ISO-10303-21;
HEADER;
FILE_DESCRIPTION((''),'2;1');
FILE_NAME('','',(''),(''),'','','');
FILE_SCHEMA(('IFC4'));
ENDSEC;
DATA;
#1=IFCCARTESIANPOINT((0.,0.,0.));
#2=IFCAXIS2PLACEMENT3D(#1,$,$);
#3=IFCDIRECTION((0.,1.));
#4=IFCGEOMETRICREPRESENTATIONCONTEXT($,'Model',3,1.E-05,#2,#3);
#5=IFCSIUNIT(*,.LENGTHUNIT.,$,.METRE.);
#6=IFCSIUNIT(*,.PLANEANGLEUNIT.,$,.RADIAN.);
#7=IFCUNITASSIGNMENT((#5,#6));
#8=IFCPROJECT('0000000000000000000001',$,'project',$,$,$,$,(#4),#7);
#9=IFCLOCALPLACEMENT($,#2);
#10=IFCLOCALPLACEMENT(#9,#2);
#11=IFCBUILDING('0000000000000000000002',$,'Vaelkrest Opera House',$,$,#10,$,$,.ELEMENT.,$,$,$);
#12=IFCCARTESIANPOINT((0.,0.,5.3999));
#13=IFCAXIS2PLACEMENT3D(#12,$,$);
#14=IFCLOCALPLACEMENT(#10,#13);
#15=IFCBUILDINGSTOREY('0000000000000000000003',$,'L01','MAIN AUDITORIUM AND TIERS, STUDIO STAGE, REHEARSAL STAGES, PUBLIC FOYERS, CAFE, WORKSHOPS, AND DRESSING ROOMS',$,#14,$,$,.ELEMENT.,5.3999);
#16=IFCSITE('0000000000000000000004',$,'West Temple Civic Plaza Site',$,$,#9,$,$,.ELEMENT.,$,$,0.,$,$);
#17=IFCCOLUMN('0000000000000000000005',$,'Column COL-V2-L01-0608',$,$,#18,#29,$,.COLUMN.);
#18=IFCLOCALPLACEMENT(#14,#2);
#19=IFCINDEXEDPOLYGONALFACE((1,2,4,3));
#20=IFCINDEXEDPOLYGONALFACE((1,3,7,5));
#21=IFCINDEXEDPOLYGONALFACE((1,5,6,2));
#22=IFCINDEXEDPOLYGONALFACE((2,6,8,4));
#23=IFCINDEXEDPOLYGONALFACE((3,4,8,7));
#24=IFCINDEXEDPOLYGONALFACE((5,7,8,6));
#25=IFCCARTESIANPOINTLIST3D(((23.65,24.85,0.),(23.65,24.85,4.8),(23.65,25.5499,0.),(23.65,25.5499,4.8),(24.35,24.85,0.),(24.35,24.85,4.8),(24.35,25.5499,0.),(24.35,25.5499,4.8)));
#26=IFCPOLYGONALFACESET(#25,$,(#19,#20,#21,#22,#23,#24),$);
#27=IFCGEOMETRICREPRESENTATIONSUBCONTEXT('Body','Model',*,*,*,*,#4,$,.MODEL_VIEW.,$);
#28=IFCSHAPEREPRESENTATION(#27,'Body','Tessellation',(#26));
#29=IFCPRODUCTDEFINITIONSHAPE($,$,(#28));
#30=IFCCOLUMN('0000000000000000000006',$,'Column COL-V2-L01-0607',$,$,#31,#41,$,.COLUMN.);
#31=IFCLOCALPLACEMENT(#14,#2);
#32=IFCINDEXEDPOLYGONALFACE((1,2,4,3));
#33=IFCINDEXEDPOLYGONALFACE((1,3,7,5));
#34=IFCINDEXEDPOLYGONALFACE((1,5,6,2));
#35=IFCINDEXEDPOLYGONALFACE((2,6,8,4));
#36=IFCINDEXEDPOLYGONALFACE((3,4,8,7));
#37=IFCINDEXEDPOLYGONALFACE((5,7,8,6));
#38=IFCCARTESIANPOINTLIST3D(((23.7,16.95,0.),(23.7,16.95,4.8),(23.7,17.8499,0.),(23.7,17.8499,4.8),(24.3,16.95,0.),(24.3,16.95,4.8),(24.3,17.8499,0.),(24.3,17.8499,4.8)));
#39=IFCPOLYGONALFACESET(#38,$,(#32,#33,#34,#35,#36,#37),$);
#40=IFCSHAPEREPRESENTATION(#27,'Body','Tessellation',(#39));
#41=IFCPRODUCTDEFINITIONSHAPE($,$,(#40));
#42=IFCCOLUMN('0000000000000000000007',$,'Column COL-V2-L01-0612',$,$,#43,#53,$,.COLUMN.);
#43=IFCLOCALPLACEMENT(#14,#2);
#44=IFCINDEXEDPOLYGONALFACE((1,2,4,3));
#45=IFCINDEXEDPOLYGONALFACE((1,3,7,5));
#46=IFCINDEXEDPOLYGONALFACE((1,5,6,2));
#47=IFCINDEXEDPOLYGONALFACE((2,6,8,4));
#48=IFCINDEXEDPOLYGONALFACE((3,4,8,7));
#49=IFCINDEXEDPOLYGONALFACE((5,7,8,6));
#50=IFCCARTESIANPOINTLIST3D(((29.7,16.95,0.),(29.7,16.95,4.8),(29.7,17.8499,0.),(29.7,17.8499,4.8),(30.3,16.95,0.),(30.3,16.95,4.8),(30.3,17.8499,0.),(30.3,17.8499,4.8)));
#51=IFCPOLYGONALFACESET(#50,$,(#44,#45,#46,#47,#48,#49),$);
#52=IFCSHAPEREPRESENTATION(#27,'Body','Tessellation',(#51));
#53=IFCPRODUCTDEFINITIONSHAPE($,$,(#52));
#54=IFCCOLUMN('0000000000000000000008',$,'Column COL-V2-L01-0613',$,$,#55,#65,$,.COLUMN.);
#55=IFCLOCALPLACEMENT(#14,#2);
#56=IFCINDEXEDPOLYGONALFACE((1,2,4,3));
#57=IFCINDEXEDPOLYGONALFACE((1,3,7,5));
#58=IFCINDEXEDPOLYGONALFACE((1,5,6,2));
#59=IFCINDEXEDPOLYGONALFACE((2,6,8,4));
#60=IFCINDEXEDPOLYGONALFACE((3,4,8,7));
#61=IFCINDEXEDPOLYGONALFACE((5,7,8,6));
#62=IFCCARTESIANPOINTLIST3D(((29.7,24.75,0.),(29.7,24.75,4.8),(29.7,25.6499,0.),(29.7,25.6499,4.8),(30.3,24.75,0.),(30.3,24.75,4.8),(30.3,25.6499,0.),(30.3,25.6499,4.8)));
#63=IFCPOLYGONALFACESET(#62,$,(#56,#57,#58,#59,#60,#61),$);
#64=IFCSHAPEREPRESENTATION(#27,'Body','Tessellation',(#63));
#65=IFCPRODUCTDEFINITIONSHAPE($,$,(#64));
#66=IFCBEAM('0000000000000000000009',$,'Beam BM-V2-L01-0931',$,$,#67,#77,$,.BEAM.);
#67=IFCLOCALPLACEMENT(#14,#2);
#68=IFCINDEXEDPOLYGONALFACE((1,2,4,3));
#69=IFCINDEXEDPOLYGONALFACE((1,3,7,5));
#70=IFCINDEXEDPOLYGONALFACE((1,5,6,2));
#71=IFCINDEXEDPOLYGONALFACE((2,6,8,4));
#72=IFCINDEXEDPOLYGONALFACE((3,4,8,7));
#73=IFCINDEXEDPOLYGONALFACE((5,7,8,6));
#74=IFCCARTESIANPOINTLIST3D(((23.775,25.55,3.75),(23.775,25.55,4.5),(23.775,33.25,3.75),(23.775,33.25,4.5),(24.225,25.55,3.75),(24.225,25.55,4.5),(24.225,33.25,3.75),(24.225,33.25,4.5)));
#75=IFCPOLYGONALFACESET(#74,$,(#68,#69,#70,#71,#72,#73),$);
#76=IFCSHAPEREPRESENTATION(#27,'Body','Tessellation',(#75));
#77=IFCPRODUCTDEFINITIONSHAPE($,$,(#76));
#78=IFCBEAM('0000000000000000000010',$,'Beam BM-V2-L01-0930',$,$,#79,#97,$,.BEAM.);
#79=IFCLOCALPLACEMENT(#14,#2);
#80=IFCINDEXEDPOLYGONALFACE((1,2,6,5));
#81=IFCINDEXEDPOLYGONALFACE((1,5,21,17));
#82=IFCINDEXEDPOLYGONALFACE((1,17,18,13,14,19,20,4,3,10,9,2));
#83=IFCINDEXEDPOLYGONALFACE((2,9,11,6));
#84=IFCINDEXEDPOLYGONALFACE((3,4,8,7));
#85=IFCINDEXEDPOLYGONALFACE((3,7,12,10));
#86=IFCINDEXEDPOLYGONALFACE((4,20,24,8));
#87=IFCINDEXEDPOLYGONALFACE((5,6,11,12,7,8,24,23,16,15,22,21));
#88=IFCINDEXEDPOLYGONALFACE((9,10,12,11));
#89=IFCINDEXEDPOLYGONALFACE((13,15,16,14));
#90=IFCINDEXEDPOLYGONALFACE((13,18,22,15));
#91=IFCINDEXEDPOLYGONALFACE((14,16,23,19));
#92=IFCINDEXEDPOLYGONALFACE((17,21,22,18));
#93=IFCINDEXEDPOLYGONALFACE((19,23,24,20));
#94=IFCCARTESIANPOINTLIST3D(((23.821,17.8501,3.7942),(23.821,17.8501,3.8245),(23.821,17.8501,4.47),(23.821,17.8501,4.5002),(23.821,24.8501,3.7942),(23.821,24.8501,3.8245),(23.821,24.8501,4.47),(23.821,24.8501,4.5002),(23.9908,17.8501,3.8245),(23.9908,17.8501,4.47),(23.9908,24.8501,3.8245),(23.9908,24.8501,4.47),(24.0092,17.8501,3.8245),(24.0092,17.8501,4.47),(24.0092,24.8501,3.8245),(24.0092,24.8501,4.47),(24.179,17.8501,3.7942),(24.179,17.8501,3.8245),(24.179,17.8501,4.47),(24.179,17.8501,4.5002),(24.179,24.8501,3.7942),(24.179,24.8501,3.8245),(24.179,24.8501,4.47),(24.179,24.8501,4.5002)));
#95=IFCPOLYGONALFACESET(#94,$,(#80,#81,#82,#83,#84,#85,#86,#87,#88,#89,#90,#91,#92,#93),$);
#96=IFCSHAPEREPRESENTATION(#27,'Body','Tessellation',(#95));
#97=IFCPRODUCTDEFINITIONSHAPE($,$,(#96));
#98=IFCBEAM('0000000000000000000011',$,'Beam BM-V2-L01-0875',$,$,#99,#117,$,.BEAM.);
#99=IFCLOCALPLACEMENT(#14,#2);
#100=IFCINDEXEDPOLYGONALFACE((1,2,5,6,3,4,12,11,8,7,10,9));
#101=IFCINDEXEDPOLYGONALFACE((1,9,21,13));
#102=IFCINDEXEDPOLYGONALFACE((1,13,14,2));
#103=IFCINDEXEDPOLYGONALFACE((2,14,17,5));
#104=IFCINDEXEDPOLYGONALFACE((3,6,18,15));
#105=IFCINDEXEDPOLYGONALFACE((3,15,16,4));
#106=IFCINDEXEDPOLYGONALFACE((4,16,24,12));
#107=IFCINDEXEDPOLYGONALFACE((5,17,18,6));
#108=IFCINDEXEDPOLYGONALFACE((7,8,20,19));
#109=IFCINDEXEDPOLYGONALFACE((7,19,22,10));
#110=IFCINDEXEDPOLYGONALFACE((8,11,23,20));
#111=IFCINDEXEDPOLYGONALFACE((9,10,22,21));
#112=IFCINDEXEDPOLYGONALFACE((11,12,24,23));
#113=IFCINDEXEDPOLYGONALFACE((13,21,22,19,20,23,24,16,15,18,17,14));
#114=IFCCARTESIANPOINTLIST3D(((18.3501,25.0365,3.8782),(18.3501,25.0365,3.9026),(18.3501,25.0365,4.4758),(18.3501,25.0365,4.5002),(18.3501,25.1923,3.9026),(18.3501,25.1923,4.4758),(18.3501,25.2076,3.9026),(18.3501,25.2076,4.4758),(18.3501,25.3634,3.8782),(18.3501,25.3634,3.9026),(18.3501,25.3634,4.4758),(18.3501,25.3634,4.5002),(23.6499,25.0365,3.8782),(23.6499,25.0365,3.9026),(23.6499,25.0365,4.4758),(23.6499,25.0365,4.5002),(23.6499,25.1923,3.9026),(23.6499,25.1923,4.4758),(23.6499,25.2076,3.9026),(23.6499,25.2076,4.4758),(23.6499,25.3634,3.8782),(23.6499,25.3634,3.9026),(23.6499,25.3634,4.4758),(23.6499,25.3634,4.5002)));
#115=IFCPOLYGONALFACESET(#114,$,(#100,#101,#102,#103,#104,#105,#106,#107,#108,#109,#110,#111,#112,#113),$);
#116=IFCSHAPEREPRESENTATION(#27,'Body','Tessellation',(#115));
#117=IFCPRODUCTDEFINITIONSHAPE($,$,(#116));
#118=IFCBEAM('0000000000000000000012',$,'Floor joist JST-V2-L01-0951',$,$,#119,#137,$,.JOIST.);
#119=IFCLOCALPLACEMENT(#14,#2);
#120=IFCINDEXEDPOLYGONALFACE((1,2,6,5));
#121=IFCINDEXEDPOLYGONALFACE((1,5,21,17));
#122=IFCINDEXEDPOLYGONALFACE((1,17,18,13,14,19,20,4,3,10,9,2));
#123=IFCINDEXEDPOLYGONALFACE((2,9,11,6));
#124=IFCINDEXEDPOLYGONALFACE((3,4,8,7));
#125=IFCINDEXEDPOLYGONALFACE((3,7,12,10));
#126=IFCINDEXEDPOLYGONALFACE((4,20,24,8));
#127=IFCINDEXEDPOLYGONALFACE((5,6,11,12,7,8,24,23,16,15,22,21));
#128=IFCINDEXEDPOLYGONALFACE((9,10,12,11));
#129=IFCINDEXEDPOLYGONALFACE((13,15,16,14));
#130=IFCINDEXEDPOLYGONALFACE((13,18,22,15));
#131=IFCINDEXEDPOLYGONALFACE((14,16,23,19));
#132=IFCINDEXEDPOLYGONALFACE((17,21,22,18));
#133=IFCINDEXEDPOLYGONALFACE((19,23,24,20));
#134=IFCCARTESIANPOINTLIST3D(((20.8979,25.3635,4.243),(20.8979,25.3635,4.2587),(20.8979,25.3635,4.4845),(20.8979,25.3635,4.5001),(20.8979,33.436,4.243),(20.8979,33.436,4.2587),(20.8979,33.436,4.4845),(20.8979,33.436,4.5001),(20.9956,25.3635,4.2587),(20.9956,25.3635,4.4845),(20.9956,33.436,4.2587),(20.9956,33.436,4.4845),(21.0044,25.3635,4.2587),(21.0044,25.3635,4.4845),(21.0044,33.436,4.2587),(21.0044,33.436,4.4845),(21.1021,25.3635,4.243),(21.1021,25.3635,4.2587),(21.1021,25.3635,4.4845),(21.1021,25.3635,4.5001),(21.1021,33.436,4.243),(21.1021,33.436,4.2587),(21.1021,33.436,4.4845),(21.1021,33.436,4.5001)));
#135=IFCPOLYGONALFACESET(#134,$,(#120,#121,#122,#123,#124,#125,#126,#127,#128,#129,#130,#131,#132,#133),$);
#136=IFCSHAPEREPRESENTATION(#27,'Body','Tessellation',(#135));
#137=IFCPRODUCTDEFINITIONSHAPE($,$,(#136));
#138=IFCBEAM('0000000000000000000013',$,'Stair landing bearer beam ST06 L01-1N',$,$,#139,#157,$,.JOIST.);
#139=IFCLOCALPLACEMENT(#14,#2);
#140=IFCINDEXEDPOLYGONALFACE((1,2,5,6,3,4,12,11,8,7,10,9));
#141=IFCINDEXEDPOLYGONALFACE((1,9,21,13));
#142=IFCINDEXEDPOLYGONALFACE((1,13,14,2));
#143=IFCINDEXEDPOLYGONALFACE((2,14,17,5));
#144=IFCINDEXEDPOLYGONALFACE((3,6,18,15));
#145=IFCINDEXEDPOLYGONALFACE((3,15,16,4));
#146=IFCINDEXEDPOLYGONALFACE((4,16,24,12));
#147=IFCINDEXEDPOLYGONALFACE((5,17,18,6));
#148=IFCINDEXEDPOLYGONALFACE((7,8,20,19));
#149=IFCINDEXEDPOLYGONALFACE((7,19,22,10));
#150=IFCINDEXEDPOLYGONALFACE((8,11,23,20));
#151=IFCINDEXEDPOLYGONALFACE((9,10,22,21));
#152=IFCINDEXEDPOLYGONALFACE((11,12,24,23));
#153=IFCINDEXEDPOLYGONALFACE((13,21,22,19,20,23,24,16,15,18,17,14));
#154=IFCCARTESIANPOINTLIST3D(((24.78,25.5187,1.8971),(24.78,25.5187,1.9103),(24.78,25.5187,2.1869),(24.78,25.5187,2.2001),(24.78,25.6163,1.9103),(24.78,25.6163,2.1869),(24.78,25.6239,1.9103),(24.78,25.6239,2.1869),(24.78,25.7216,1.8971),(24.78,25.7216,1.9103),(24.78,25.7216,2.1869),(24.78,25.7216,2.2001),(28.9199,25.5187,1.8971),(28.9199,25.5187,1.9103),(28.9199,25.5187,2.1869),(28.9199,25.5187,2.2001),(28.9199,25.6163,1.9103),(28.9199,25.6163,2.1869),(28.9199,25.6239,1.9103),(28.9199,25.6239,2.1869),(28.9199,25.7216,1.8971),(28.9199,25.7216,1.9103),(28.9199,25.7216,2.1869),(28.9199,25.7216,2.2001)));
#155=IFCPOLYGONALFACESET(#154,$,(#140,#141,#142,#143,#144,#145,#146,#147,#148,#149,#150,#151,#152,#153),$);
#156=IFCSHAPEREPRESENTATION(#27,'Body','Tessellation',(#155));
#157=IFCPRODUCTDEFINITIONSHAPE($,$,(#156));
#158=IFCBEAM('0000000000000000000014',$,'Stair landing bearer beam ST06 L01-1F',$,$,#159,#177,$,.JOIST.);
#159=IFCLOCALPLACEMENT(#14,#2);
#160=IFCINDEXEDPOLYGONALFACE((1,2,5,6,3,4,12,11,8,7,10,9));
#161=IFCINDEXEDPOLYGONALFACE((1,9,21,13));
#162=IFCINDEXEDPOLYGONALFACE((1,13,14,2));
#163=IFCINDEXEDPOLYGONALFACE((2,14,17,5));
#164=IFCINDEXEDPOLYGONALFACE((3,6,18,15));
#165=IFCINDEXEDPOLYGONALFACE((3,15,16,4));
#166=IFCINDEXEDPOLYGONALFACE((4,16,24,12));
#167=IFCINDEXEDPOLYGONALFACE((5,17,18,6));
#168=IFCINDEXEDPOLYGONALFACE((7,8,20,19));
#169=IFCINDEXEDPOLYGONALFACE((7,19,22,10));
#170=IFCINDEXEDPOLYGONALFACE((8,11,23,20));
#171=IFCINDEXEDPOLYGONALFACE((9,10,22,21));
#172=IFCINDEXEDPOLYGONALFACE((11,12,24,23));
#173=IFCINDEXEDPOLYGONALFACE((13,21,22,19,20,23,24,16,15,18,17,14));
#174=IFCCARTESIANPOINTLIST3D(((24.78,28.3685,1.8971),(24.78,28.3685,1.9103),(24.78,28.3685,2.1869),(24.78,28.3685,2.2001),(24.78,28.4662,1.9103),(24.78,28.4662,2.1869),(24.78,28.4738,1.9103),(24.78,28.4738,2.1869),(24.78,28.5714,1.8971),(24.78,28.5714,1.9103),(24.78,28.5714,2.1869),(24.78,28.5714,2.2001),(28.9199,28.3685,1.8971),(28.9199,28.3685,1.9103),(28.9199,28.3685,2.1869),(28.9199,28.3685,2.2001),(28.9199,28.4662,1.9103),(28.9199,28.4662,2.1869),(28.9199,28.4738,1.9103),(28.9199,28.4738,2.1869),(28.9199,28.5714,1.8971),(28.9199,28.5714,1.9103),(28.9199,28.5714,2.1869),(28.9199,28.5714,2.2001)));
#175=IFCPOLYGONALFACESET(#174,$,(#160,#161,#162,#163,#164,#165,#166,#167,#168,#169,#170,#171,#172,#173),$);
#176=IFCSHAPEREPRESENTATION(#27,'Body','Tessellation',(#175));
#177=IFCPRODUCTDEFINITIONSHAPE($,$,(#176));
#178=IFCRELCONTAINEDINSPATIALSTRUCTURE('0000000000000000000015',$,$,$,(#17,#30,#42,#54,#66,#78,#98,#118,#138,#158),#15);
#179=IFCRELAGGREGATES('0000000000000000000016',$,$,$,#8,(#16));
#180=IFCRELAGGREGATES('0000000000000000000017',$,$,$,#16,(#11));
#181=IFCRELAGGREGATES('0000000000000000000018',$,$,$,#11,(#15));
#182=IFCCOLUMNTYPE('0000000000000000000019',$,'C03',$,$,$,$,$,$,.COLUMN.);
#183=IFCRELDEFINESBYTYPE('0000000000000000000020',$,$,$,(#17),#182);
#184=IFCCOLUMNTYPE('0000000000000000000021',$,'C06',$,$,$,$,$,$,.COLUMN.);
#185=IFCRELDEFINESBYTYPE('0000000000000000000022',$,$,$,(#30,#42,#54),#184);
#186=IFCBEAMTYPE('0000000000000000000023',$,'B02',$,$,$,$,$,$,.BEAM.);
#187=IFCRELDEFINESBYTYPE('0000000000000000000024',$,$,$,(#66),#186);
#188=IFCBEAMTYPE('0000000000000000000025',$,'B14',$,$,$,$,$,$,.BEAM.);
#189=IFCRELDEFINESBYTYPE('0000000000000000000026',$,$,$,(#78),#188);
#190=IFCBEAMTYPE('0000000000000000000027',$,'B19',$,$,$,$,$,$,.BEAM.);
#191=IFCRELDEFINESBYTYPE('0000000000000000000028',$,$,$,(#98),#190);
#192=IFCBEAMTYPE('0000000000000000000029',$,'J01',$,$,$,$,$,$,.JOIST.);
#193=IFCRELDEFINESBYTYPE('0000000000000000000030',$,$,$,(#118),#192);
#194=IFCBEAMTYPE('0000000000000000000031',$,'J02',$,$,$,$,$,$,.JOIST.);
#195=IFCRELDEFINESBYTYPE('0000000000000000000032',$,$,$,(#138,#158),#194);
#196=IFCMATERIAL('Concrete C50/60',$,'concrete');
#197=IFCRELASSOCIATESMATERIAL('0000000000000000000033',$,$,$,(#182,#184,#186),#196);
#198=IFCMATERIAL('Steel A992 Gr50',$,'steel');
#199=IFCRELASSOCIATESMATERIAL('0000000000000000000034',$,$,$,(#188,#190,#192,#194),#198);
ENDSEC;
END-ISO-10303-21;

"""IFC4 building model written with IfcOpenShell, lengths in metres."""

from ifc_helpers import new_model, si_unit, direction, frame, origin, origin_2d, place, context, subcontext, project, spatial, rectangle, i_section, extrude, material, material_profile, profile_set, type_object, element, save


model = new_model("IFC4")

# Units and contexts
model_context = context("Model", 3, precision=1e-05, world=origin(), true_north=direction((0.0, 1.0)))
body_context = subcontext(model_context, "Body", "Model", "MODEL_VIEW")
ifc_project = project(units=[si_unit("LENGTHUNIT", "METRE"), si_unit("PLANEANGLEUNIT", "RADIAN")], contexts=[model_context])

# Site, building, storey
site_placement = place(None, origin())
site = spatial("IfcSite", under=ifc_project, at=site_placement, Name="West Temple Civic Plaza Site", CompositionType="ELEMENT", RefElevation=0.0)
building_placement = place(site_placement, origin())
building = spatial("IfcBuilding", under=site, at=building_placement, Name="Vaelkrest Opera House", CompositionType="ELEMENT")
storey_placement = place(building_placement, frame((0.0, 0.0, 5.3999)))
storey = spatial("IfcBuildingStorey", under=building, at=storey_placement, Name="L01", Description="MAIN AUDITORIUM AND TIERS, STUDIO STAGE, REHEARSAL STAGES, PUBLIC FOYERS, CAFE, WORKSHOPS, AND DRESSING ROOMS", CompositionType="ELEMENT", Elevation=5.3999)

# Columns
ifc_material_1 = material(Name="Concrete C50/60", Category="concrete")
ifc_material_profile_1 = material_profile(ifc_material_1, rectangle(XDim=0.7, YDim=0.7, at=origin_2d()), Name="RC700X700")
ifc_profile_set_1 = profile_set([ifc_material_profile_1], Name="Concrete C50/60")
column_type_1 = type_object("IfcColumnType", Name="C03", PredefinedType="COLUMN", material=ifc_profile_set_1)
column_placement = place(storey_placement, frame((24.0, 25.2, 0.0), z_axis=(0.0, 0.0, 1.0), x_axis=(1.0, 0.0, 0.0)))
element("IfcColumn", 1, at=column_placement, inside=storey, type_object=column_type_1, Name="Column COL-V2-L01-0608", PredefinedType="COLUMN", context=body_context, shape_type="SweptSolid", body=[
    extrude(rectangle(XDim=0.7, YDim=0.7, at=origin_2d()), origin(), (0.0, 0.0, 1.0), 4.8),
])
ifc_material_profile_2 = material_profile(ifc_material_1, rectangle(XDim=0.6001, YDim=0.8999, at=origin_2d()), Name="RC600X900")
ifc_profile_set_2 = profile_set([ifc_material_profile_2], Name="Concrete C50/60")
column_type_2 = type_object("IfcColumnType", Name="C06", PredefinedType="COLUMN", material=ifc_profile_set_2)
for number, where, z_axis, x_axis, name in (
    (2, (24.0, 17.3999, 0.0), (0.0, 0.0, 1.0), (1.0, 0.0, 0.0), "Column COL-V2-L01-0607"),
    (3, (30.0, 17.3999, 0.0), (0.0, 0.0, 1.0), (1.0, 0.0, 0.0), "Column COL-V2-L01-0612"),
    (4, (30.0, 25.2, 0.0), (0.0, 0.0, 1.0), (1.0, 0.0, 0.0), "Column COL-V2-L01-0613"),
):
    element("IfcColumn", number, at=place(storey_placement, frame(where, z_axis=z_axis, x_axis=x_axis)), inside=storey, type_object=column_type_2, Name=name, PredefinedType="COLUMN", context=body_context, shape_type="SweptSolid", body=[
        extrude(rectangle(XDim=0.6001, YDim=0.8999, at=origin_2d()), origin(), (0.0, 0.0, 1.0), 4.8),
    ])

# Beams
ifc_material_profile_3 = material_profile(ifc_material_1, rectangle(XDim=0.45, YDim=0.75, at=origin_2d()), Name="RCB450X750")
ifc_profile_set_3 = profile_set([ifc_material_profile_3], Name="Concrete C50/60")
beam_type_1 = type_object("IfcBeamType", Name="B02", PredefinedType="BEAM", material=ifc_profile_set_3)
beam_1_placement = place(storey_placement, frame((24.0, 25.55, 4.125), z_axis=(0.0, 1.0, 0.0), x_axis=(-1.0, 0.0, 0.0)))
element("IfcBeam", 5, at=beam_1_placement, inside=storey, type_object=beam_type_1, Name="Beam BM-V2-L01-0931", PredefinedType="BEAM", context=body_context, shape_type="SweptSolid", body=[
    extrude(rectangle(XDim=0.45, YDim=0.75, at=origin_2d()), origin(), (0.0, 0.0, 1.0), 7.7),
])
ifc_material_2 = material(Name="Steel A992 Gr50", Category="steel")
ifc_material_profile_4 = material_profile(ifc_material_2, i_section(OverallWidth=0.3579, OverallDepth=0.7061, WebThickness=0.0183, FlangeThickness=0.0303, at=origin_2d()), Name="W27X178")
ifc_profile_set_4 = profile_set([ifc_material_profile_4], Name="Steel A992 Gr50")
beam_type_2 = type_object("IfcBeamType", Name="B14", PredefinedType="BEAM", material=ifc_profile_set_4)
beam_2_placement = place(storey_placement, frame((24.0, 17.8501, 4.1472), z_axis=(0.0, 1.0, 0.0), x_axis=(-1.0, 0.0, 0.0)))
element("IfcBeam", 6, at=beam_2_placement, inside=storey, type_object=beam_type_2, Name="Beam BM-V2-L01-0930", PredefinedType="BEAM", context=body_context, shape_type="SweptSolid", body=[
    extrude(i_section(OverallWidth=0.3579, OverallDepth=0.7061, WebThickness=0.0183, FlangeThickness=0.0303, at=origin_2d()), origin(), (0.0, 0.0, 1.0), 7.0),
])
ifc_material_profile_5 = material_profile(ifc_material_2, i_section(OverallWidth=0.3269, OverallDepth=0.6221, WebThickness=0.0154, FlangeThickness=0.0244, at=origin_2d()), Name="W24X131")
ifc_profile_set_5 = profile_set([ifc_material_profile_5], Name="Steel A992 Gr50")
beam_type_3 = type_object("IfcBeamType", Name="B19", PredefinedType="BEAM", material=ifc_profile_set_5)
beam_3_placement = place(storey_placement, frame((18.3501, 25.2, 4.1892), z_axis=(1.0, 0.0, 0.0), x_axis=(0.0, 1.0, 0.0)))
element("IfcBeam", 7, at=beam_3_placement, inside=storey, type_object=beam_type_3, Name="Beam BM-V2-L01-0875", PredefinedType="BEAM", context=body_context, shape_type="SweptSolid", body=[
    extrude(i_section(OverallWidth=0.3269, OverallDepth=0.6221, WebThickness=0.0154, FlangeThickness=0.0244, at=origin_2d()), origin(), (0.0, 0.0, 1.0), 5.2998),
])
ifc_material_profile_6 = material_profile(ifc_material_2, i_section(OverallWidth=0.2041, OverallDepth=0.2571, WebThickness=0.0088, FlangeThickness=0.0156, at=origin_2d()), Name="W10X45")
ifc_profile_set_6 = profile_set([ifc_material_profile_6], Name="Steel A992 Gr50")
beam_type_4 = type_object("IfcBeamType", Name="J01", PredefinedType="JOIST", material=ifc_profile_set_6)
beam_4_placement = place(storey_placement, frame((21.0, 25.3635, 4.3716), z_axis=(0.0, 1.0, 0.0), x_axis=(-1.0, 0.0, 0.0)))
element("IfcBeam", 8, at=beam_4_placement, inside=storey, type_object=beam_type_4, Name="Floor joist JST-V2-L01-0951", PredefinedType="JOIST", context=body_context, shape_type="SweptSolid", body=[
    extrude(i_section(OverallWidth=0.2041, OverallDepth=0.2571, WebThickness=0.0088, FlangeThickness=0.0156, at=origin_2d()), origin(), (0.0, 0.0, 1.0), 8.0725),
])
ifc_material_profile_7 = material_profile(ifc_material_2, i_section(OverallWidth=0.2029, OverallDepth=0.303, WebThickness=0.0076, FlangeThickness=0.0132, at=origin_2d()), Name="W12X40")
ifc_profile_set_7 = profile_set([ifc_material_profile_7], Name="Steel A992 Gr50")
beam_type_5 = type_object("IfcBeamType", Name="J02", PredefinedType="JOIST", material=ifc_profile_set_7)
for number, where, z_axis, x_axis, name in (
    (9, (24.78, 25.6201, 2.0486), (1.0, 0.0, 0.0), (0.0, 1.0, 0.0), "Stair landing bearer beam ST06 L01-1N"),
    (10, (24.78, 28.47, 2.0486), (1.0, 0.0, 0.0), (0.0, 1.0, 0.0), "Stair landing bearer beam ST06 L01-1F"),
):
    element("IfcBeam", number, at=place(storey_placement, frame(where, z_axis=z_axis, x_axis=x_axis)), inside=storey, type_object=beam_type_5, Name=name, PredefinedType="JOIST", context=body_context, shape_type="SweptSolid", body=[
        extrude(i_section(OverallWidth=0.2029, OverallDepth=0.303, WebThickness=0.0076, FlangeThickness=0.0132, at=origin_2d()), origin(), (0.0, 0.0, 1.0), 4.1399),
    ])

save(model, "model.ifc")
